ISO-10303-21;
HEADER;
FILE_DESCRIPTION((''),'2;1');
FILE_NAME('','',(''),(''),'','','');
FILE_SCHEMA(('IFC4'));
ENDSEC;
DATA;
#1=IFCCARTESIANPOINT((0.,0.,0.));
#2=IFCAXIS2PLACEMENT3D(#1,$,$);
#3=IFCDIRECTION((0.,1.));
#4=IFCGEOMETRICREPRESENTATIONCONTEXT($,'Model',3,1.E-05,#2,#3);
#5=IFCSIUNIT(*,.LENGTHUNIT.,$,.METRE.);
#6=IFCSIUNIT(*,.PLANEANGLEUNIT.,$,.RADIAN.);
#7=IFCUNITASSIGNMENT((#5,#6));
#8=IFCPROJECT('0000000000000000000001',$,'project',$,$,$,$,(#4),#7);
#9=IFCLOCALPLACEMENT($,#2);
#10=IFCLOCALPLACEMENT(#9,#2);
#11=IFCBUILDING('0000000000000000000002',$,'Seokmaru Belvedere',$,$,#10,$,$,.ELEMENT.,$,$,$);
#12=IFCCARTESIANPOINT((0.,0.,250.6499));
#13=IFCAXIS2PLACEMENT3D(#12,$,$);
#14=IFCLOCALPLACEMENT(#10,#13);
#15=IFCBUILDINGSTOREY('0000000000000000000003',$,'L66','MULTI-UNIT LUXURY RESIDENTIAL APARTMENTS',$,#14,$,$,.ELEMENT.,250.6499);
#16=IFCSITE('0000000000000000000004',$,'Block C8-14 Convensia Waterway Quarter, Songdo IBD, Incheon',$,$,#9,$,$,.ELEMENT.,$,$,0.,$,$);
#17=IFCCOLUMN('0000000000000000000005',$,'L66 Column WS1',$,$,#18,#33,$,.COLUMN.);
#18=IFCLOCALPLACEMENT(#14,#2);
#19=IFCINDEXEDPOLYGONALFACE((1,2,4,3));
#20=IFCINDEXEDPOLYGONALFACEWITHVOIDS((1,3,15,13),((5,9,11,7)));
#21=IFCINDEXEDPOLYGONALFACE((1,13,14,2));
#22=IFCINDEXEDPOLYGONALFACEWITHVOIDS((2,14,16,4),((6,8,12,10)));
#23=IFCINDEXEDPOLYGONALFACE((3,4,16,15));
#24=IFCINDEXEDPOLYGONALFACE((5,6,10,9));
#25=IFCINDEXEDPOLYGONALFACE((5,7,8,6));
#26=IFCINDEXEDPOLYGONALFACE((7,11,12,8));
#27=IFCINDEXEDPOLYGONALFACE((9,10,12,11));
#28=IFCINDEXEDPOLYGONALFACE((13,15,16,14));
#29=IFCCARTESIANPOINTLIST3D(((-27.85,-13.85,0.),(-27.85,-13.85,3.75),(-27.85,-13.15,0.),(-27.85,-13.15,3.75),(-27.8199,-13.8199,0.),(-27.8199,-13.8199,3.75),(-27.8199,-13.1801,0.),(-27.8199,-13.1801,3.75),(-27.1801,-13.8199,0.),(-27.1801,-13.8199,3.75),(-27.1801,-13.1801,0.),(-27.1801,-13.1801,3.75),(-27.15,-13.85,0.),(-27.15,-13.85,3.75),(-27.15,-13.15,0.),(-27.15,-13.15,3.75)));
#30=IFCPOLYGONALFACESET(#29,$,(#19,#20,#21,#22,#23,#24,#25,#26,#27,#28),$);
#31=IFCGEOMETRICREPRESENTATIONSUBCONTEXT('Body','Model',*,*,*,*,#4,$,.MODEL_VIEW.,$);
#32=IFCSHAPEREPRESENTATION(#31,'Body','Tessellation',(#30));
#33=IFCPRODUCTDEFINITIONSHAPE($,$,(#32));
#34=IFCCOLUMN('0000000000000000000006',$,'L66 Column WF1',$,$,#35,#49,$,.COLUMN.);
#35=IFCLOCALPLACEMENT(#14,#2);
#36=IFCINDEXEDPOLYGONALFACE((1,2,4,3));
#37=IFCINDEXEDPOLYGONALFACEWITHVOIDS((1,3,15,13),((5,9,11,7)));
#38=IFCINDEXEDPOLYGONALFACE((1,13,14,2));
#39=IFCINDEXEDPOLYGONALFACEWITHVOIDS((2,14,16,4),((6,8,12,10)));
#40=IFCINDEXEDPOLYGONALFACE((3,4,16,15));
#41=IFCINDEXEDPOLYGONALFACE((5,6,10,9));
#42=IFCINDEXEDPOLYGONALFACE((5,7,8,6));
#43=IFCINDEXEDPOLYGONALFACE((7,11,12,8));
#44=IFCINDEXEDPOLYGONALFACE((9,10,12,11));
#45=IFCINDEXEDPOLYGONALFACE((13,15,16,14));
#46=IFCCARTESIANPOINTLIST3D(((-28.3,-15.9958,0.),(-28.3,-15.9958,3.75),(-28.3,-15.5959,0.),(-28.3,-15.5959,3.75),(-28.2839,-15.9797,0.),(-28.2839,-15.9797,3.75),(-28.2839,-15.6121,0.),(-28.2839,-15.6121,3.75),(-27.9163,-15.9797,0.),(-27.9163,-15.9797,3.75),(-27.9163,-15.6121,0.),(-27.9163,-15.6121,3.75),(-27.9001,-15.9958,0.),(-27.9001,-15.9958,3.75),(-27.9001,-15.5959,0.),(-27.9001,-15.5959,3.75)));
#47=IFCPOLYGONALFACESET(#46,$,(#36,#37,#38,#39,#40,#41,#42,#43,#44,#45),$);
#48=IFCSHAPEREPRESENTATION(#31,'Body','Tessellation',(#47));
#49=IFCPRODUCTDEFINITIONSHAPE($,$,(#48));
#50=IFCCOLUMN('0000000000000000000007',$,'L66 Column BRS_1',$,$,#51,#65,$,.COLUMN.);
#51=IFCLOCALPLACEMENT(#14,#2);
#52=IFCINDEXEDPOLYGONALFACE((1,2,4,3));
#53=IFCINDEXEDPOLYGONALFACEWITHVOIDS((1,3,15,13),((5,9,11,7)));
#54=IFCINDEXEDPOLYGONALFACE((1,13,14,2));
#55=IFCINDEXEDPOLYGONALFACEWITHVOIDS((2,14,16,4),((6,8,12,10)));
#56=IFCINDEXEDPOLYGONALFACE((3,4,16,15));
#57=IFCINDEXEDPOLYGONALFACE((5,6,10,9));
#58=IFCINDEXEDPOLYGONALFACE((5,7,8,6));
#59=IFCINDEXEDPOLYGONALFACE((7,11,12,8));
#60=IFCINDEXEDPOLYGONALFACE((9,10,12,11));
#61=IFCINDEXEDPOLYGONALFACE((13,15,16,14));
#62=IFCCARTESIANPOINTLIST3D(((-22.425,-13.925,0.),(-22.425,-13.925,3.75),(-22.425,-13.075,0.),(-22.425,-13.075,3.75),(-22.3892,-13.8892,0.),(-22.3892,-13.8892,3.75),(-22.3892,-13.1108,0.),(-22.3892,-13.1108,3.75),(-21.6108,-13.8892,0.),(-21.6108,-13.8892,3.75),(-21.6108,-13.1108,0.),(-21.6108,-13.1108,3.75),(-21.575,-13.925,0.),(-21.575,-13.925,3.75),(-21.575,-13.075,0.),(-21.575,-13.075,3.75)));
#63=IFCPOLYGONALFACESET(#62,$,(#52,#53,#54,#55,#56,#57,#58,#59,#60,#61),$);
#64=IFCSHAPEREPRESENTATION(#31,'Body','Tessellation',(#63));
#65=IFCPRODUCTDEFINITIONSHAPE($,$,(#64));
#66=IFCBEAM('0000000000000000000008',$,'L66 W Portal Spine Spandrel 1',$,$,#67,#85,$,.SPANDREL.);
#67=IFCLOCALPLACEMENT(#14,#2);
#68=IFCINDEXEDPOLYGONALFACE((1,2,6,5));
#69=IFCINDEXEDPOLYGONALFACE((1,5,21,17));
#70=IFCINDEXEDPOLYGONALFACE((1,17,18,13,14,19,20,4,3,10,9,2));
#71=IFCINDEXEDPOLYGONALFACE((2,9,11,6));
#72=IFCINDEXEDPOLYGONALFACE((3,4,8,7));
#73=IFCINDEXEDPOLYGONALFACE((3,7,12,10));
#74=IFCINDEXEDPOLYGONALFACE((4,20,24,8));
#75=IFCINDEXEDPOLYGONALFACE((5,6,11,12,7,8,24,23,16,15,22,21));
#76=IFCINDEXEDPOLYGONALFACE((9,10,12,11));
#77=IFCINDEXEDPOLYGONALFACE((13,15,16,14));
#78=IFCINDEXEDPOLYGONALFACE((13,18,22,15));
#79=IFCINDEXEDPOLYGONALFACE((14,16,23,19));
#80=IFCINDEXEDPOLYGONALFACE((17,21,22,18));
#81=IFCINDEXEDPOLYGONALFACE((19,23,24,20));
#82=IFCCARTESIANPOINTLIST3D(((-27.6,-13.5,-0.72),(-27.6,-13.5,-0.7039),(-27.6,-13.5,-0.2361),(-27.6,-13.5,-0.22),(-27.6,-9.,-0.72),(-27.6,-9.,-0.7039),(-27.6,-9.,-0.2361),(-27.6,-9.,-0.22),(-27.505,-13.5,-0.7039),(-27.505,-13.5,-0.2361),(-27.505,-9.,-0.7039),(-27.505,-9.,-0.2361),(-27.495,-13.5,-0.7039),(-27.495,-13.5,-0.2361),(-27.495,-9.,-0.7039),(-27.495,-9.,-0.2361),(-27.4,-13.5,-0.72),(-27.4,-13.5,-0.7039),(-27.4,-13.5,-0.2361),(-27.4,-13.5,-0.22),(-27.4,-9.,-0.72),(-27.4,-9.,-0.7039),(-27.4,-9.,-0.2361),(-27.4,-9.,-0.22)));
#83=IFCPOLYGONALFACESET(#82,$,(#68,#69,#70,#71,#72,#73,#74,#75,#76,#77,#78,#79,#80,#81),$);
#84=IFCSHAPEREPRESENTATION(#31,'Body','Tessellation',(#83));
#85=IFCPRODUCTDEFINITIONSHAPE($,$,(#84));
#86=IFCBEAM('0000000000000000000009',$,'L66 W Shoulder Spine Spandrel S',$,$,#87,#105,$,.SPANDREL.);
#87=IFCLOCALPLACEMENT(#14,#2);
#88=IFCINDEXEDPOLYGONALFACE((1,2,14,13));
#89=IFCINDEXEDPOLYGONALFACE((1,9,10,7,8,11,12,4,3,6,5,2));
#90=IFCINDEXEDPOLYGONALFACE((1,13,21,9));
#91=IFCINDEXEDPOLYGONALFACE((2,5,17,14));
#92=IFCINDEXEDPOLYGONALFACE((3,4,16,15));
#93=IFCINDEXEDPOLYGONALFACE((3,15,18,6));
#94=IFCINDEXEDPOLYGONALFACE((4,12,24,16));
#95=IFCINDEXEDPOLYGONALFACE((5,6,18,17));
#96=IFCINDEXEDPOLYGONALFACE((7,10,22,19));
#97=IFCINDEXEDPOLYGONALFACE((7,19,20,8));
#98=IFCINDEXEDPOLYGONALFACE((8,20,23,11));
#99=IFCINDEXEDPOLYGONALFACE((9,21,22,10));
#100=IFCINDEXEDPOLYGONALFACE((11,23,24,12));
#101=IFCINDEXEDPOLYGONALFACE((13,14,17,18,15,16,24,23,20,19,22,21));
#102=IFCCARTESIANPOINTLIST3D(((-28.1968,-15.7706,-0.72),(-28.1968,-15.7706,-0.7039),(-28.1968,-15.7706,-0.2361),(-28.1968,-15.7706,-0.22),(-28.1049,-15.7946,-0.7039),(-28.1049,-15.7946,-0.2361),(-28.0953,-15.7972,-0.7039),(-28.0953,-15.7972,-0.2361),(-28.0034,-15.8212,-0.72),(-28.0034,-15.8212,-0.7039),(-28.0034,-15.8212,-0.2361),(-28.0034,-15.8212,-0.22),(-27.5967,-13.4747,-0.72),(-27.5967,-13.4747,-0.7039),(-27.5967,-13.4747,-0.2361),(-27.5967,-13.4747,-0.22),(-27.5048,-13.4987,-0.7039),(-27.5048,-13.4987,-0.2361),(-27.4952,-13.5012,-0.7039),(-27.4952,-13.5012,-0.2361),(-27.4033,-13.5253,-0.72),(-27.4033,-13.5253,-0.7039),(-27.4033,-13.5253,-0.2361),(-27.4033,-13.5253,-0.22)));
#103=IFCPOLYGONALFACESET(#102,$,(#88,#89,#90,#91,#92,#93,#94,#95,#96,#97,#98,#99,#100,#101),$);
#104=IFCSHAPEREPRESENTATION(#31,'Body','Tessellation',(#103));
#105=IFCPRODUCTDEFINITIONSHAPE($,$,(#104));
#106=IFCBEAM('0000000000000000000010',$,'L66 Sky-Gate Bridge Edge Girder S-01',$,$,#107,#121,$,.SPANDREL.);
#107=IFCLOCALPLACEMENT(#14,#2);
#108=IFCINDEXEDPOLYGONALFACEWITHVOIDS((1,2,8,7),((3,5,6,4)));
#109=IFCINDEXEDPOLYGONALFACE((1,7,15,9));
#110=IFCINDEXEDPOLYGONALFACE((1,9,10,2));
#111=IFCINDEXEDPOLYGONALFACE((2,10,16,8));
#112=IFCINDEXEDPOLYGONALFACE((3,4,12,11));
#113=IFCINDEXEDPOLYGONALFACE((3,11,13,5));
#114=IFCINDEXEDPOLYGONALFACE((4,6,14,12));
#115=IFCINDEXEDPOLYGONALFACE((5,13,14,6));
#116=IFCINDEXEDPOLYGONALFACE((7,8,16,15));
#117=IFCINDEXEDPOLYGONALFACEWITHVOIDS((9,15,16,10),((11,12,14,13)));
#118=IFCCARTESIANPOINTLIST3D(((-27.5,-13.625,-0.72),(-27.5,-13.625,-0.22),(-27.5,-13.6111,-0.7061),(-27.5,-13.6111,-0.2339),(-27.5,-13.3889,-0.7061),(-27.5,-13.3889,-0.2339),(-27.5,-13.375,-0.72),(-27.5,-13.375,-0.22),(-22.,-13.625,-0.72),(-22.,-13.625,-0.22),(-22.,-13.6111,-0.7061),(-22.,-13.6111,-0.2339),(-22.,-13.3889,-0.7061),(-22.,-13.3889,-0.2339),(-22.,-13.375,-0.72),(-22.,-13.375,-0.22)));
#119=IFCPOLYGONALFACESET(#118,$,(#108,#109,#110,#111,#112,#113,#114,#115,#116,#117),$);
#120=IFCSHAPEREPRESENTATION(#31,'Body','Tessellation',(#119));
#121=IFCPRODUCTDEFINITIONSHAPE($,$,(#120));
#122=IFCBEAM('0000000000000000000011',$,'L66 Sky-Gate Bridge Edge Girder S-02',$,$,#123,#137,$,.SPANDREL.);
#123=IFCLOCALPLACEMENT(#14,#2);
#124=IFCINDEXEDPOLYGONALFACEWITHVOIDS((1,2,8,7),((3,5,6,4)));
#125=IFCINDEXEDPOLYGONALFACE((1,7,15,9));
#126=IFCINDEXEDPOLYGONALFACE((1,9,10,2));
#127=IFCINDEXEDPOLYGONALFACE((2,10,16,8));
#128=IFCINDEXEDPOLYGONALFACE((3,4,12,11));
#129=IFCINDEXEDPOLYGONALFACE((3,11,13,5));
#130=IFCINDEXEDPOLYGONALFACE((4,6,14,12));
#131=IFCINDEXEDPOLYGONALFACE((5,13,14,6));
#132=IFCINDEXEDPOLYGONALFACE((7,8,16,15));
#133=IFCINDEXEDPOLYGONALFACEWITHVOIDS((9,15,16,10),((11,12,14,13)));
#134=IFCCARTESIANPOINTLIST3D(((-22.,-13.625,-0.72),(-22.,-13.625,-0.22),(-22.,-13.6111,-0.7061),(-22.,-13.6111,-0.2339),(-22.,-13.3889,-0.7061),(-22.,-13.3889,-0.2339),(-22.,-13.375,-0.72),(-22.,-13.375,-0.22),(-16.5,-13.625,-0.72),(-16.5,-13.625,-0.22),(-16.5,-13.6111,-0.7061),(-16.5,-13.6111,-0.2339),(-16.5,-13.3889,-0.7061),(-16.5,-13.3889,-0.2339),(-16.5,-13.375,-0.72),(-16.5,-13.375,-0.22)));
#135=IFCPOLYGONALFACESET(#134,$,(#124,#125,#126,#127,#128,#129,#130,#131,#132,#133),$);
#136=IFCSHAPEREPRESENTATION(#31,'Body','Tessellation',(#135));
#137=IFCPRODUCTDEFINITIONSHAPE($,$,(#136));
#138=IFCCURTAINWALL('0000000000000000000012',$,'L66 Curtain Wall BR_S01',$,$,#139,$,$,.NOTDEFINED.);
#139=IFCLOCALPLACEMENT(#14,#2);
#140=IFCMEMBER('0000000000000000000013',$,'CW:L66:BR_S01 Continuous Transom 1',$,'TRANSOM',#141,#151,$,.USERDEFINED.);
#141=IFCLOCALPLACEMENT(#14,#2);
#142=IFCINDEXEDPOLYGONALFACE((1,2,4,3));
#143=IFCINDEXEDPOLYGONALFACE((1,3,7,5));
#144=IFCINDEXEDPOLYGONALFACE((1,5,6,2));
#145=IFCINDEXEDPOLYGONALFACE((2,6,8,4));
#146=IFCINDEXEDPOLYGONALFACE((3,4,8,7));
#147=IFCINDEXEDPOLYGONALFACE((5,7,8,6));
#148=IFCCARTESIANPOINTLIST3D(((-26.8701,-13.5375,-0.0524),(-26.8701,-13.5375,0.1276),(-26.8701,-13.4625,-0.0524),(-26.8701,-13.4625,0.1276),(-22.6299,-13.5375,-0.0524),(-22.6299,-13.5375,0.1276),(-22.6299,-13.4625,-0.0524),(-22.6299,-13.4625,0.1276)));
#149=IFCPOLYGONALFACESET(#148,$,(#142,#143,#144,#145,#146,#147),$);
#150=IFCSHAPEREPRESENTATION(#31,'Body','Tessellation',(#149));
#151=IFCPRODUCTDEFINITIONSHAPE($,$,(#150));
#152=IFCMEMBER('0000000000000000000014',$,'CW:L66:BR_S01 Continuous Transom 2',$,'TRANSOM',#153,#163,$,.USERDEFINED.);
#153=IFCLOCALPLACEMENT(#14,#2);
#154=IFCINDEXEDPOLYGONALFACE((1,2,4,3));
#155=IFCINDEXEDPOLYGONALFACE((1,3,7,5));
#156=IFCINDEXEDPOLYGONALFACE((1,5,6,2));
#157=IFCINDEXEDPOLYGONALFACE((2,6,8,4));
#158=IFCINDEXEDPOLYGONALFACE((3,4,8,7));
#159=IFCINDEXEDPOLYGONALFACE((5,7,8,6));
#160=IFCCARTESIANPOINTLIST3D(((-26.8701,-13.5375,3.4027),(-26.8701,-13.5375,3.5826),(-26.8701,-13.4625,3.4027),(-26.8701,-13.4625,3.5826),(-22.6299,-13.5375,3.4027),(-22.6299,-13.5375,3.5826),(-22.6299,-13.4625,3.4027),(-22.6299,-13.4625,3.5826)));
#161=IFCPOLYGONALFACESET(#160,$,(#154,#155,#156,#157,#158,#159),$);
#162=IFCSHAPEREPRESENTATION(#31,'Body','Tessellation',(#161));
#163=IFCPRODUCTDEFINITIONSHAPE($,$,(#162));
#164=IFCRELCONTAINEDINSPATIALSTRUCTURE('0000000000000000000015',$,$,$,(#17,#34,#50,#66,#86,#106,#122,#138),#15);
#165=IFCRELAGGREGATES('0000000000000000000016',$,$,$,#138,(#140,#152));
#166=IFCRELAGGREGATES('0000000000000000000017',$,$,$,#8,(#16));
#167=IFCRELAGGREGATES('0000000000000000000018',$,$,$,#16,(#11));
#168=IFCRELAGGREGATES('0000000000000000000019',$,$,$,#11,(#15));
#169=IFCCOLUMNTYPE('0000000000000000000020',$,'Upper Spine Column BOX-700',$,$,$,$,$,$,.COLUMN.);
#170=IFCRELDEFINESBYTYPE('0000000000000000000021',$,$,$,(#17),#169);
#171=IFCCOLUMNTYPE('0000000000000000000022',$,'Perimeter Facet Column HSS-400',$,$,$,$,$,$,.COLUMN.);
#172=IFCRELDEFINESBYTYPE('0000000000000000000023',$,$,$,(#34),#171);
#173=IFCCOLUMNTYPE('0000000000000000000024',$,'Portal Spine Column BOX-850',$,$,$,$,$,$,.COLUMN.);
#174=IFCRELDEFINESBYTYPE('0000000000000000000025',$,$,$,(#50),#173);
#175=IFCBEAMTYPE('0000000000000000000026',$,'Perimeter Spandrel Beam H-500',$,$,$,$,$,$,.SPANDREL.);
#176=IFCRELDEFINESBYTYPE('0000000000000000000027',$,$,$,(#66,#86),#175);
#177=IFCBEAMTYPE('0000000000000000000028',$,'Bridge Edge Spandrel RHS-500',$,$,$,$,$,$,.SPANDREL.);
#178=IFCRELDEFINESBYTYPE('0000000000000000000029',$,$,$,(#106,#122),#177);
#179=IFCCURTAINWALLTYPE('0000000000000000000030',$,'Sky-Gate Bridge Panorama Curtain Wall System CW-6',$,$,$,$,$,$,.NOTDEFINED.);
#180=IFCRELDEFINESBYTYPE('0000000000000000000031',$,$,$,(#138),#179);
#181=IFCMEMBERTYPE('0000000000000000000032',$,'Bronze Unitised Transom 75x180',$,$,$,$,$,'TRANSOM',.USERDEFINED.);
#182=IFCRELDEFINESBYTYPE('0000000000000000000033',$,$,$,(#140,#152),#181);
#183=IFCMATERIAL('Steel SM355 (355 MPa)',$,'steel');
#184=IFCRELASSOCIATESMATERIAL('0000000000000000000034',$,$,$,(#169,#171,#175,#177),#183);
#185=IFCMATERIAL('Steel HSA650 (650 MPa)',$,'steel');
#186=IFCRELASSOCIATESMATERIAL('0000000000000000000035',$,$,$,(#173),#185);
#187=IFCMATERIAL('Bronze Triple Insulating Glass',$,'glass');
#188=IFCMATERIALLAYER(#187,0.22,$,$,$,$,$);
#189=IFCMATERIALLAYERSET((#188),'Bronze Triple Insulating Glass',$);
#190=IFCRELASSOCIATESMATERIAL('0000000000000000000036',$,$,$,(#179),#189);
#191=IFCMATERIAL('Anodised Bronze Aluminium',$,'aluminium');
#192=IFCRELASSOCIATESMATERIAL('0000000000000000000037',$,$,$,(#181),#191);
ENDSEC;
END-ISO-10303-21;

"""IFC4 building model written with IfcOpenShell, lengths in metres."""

from ifc_helpers import new_model, si_unit, direction, frame, origin, origin_2d, place, context, subcontext, project, spatial, rectangle, hollow_rectangle, i_section, extrude, source, transform, mapped, material, layer, layer_set, material_profile, profile_set, type_object, type_shapes, element, aggregate, save


model = new_model("IFC4")

# Units and contexts
model_context = context("Model", 3, precision=1e-05, world=origin(), true_north=direction((0.0, 1.0)))
body_context = subcontext(model_context, "Body", "Model", "MODEL_VIEW")
ifc_project = project(units=[si_unit("LENGTHUNIT", "METRE"), si_unit("PLANEANGLEUNIT", "RADIAN")], contexts=[model_context])

# Site, building, storey
site_placement = place(None, origin())
site = spatial("IfcSite", under=ifc_project, at=site_placement, Name="Block C8-14 Convensia Waterway Quarter, Songdo IBD, Incheon", CompositionType="ELEMENT", RefElevation=0.0)
building_placement = place(site_placement, origin())
building = spatial("IfcBuilding", under=site, at=building_placement, Name="Seokmaru Belvedere", CompositionType="ELEMENT")
storey_placement = place(building_placement, frame((0.0, 0.0, 250.6499)))
storey = spatial("IfcBuildingStorey", under=building, at=storey_placement, Name="L66", Description="MULTI-UNIT LUXURY RESIDENTIAL APARTMENTS", CompositionType="ELEMENT", Elevation=250.6499)

# Columns
ifc_material_1 = material(Name="Steel SM355 (355 MPa)", Category="steel")
ifc_material_profile_1 = material_profile(ifc_material_1, hollow_rectangle(XDim=0.7, YDim=0.7, WallThickness=0.03, at=origin_2d()), Name="BOX-700x700x30")
ifc_profile_set_1 = profile_set([ifc_material_profile_1], Name="Steel SM355 (355 MPa)")
column_type_1 = type_object("IfcColumnType", Name="Upper Spine Column BOX-700", PredefinedType="COLUMN", material=ifc_profile_set_1)
shared_shape_1 = source(origin(), body_context, "Body", "SweptSolid", [
    extrude(hollow_rectangle(XDim=0.7, YDim=0.7, WallThickness=0.03, at=origin_2d()), origin(), (0.0, 0.0, 1.0), 3.75),
])
type_shapes(column_type_1, [shared_shape_1])
column_1_placement = place(storey_placement, frame((-27.5, -13.5, 0.0), z_axis=(0.0, 0.0, 1.0), x_axis=(1.0, 0.0, 0.0)))
element("IfcColumn", 1, at=column_1_placement, inside=storey, type_object=column_type_1, Name="L66 Column WS1", PredefinedType="COLUMN", context=body_context, shape_type="MappedRepresentation", body=[
    mapped(shared_shape_1, transform((0.0, 0.0, 0.0), scale=1.0)),
])
ifc_material_profile_2 = material_profile(ifc_material_1, hollow_rectangle(XDim=0.3999, YDim=0.3999, WallThickness=0.0161, at=origin_2d()), Name="HSS-400x400x16")
ifc_profile_set_2 = profile_set([ifc_material_profile_2], Name="Steel SM355 (355 MPa)")
column_type_2 = type_object("IfcColumnType", Name="Perimeter Facet Column HSS-400", PredefinedType="COLUMN", material=ifc_profile_set_2)
shared_shape_2 = source(origin(), body_context, "Body", "SweptSolid", [
    extrude(hollow_rectangle(XDim=0.3999, YDim=0.3999, WallThickness=0.0161, at=origin_2d()), origin(), (0.0, 0.0, 1.0), 3.75),
])
type_shapes(column_type_2, [shared_shape_2])
column_2_placement = place(storey_placement, frame((-28.1001, -15.7959, 0.0), z_axis=(0.0, 0.0, 1.0), x_axis=(1.0, 0.0, 0.0)))
element("IfcColumn", 2, at=column_2_placement, inside=storey, type_object=column_type_2, Name="L66 Column WF1", PredefinedType="COLUMN", context=body_context, shape_type="MappedRepresentation", body=[
    mapped(shared_shape_2, transform((0.0, 0.0, 0.0), scale=1.0)),
])
ifc_material_2 = material(Name="Steel HSA650 (650 MPa)", Category="steel")
ifc_material_profile_3 = material_profile(ifc_material_2, hollow_rectangle(XDim=0.8501, YDim=0.8501, WallThickness=0.0359, at=origin_2d()), Name="BOX-850x850x36")
ifc_profile_set_3 = profile_set([ifc_material_profile_3], Name="Steel HSA650 (650 MPa)")
column_type_3 = type_object("IfcColumnType", Name="Portal Spine Column BOX-850", PredefinedType="COLUMN", material=ifc_profile_set_3)
shared_shape_3 = source(origin(), body_context, "Body", "SweptSolid", [
    extrude(hollow_rectangle(XDim=0.8501, YDim=0.8501, WallThickness=0.0359, at=origin_2d()), origin(), (0.0, 0.0, 1.0), 3.75),
])
type_shapes(column_type_3, [shared_shape_3])
column_3_placement = place(storey_placement, frame((-22.0, -13.5, 0.0), z_axis=(0.0, 0.0, 1.0), x_axis=(1.0, 0.0, 0.0)))
element("IfcColumn", 3, at=column_3_placement, inside=storey, type_object=column_type_3, Name="L66 Column BRS_1", PredefinedType="COLUMN", context=body_context, shape_type="MappedRepresentation", body=[
    mapped(shared_shape_3, transform((0.0, 0.0, 0.0), scale=1.0)),
])

# Beams
ifc_material_profile_4 = material_profile(ifc_material_1, i_section(OverallWidth=0.2, OverallDepth=0.5, WebThickness=0.01, FlangeThickness=0.0161, at=origin_2d()), Name="H-500x200x10x16")
ifc_profile_set_4 = profile_set([ifc_material_profile_4], Name="Steel SM355 (355 MPa)")
beam_type_1 = type_object("IfcBeamType", Name="Perimeter Spandrel Beam H-500", PredefinedType="SPANDREL", material=ifc_profile_set_4)
shared_shape_4 = source(origin(), body_context, "Body", "SweptSolid", [
    extrude(i_section(OverallWidth=0.2, OverallDepth=0.5, WebThickness=0.01, FlangeThickness=0.0161, at=origin_2d()), origin(), (0.0, 0.0, 1.0), 4.5),
])
beam_1_placement = place(storey_placement, frame((-27.5, -13.5, -0.47), z_axis=(0.0, 1.0, 0.0), x_axis=(-1.0, 0.0, 0.0)))
element("IfcBeam", 4, at=beam_1_placement, inside=storey, type_object=beam_type_1, Name="L66 W Portal Spine Spandrel 1", PredefinedType="SPANDREL", context=body_context, shape_type="MappedRepresentation", body=[
    mapped(shared_shape_4, transform((0.0, 0.0, 0.0), scale=1.0)),
])
shared_shape_5 = source(origin(), body_context, "Body", "SweptSolid", [
    extrude(i_section(OverallWidth=0.2, OverallDepth=0.5, WebThickness=0.01, FlangeThickness=0.0161, at=origin_2d()), origin(), (0.0, 0.0, 1.0), 2.373),
])
type_shapes(beam_type_1, [shared_shape_4, shared_shape_5])
beam_2_placement = place(storey_placement, frame((-28.1001, -15.7959, -0.47), z_axis=(0.252883, 0.967497, 0.0), x_axis=(-0.967497, 0.252883, 0.0)))
element("IfcBeam", 5, at=beam_2_placement, inside=storey, type_object=beam_type_1, Name="L66 W Shoulder Spine Spandrel S", PredefinedType="SPANDREL", context=body_context, shape_type="MappedRepresentation", body=[
    mapped(shared_shape_5, transform((0.0, 0.0, 0.0), scale=1.0)),
])
ifc_material_profile_5 = material_profile(ifc_material_1, hollow_rectangle(XDim=0.25, YDim=0.5, WallThickness=0.0139, at=origin_2d()), Name="RHS-500x250x14")
ifc_profile_set_5 = profile_set([ifc_material_profile_5], Name="Steel SM355 (355 MPa)")
beam_type_2 = type_object("IfcBeamType", Name="Bridge Edge Spandrel RHS-500", PredefinedType="SPANDREL", material=ifc_profile_set_5)
shared_shape_6 = source(origin(), body_context, "Body", "SweptSolid", [
    extrude(hollow_rectangle(XDim=0.25, YDim=0.5, WallThickness=0.0139, at=origin_2d()), origin(), (0.0, 0.0, 1.0), 5.5),
])
type_shapes(beam_type_2, [shared_shape_6])
for number, where, z_axis, x_axis, name in (
    (6, (-27.5, -13.5, -0.47), (1.0, 0.0, 0.0), (0.0, 1.0, 0.0), "L66 Sky-Gate Bridge Edge Girder S-01"),
    (7, (-22.0, -13.5, -0.47), (1.0, 0.0, 0.0), (0.0, 1.0, 0.0), "L66 Sky-Gate Bridge Edge Girder S-02"),
):
    element("IfcBeam", number, at=place(storey_placement, frame(where, z_axis=z_axis, x_axis=x_axis)), inside=storey, type_object=beam_type_2, Name=name, PredefinedType="SPANDREL", context=body_context, shape_type="MappedRepresentation", body=[
        mapped(shared_shape_6, transform((0.0, 0.0, 0.0), scale=1.0)),
    ])

# Curtain wall, members
ifc_material_3 = material(Name="Bronze Triple Insulating Glass", Category="glass")
ifc_layer_1 = layer(ifc_material_3, 0.22)
ifc_layer_set_1 = layer_set([ifc_layer_1], Name="Bronze Triple Insulating Glass")
curtain_wall_type = type_object("IfcCurtainWallType", Name="Sky-Gate Bridge Panorama Curtain Wall System CW-6", PredefinedType="NOTDEFINED", material=ifc_layer_set_1)
curtain_wall_1_placement = place(storey_placement, origin())
curtain_wall_1 = element("IfcCurtainWall", 8, at=curtain_wall_1_placement, inside=storey, type_object=curtain_wall_type, Name="L66 Curtain Wall BR_S01", PredefinedType="NOTDEFINED")
ifc_material_4 = material(Name="Anodised Bronze Aluminium", Category="aluminium")
ifc_material_profile_6 = material_profile(ifc_material_4, rectangle(XDim=0.075, YDim=0.1799, at=origin_2d()), Name="CW-T-75x180")
ifc_profile_set_6 = profile_set([ifc_material_profile_6], Name="Anodised Bronze Aluminium")
member_type_1 = type_object("IfcMemberType", Name="Bronze Unitised Transom 75x180", ElementType="TRANSOM", PredefinedType="USERDEFINED", material=ifc_profile_set_6)
shared_shape_7 = source(origin(), body_context, "Body", "SweptSolid", [
    extrude(rectangle(XDim=0.075, YDim=0.1799, at=origin_2d()), origin(), (0.0, 0.0, 1.0), 4.2402),
])
type_shapes(member_type_1, [shared_shape_7])
member_1_placement = place(storey_placement, frame((-26.8701, -13.5, 0.0376), z_axis=(1.0, 0.0, 0.0), x_axis=(0.0, 1.0, 0.0)))
member_1 = element("IfcMember", 9, at=member_1_placement, type_object=member_type_1, Name="CW:L66:BR_S01 Continuous Transom 1", ObjectType="TRANSOM", PredefinedType="USERDEFINED", context=body_context, shape_type="MappedRepresentation", body=[
    mapped(shared_shape_7, transform((0.0, 0.0, 0.0), scale=1.0)),
])
member_2_placement = place(storey_placement, frame((-26.8701, -13.5, 3.4927), z_axis=(1.0, 0.0, 0.0), x_axis=(0.0, 1.0, 0.0)))
member_2 = element("IfcMember", 10, at=member_2_placement, type_object=member_type_1, Name="CW:L66:BR_S01 Continuous Transom 2", ObjectType="TRANSOM", PredefinedType="USERDEFINED", context=body_context, shape_type="MappedRepresentation", body=[
    mapped(shared_shape_7, transform((0.0, 0.0, 0.0), scale=1.0)),
])

aggregate(curtain_wall_1, [member_1, member_2])

save(model, "model.ifc")
